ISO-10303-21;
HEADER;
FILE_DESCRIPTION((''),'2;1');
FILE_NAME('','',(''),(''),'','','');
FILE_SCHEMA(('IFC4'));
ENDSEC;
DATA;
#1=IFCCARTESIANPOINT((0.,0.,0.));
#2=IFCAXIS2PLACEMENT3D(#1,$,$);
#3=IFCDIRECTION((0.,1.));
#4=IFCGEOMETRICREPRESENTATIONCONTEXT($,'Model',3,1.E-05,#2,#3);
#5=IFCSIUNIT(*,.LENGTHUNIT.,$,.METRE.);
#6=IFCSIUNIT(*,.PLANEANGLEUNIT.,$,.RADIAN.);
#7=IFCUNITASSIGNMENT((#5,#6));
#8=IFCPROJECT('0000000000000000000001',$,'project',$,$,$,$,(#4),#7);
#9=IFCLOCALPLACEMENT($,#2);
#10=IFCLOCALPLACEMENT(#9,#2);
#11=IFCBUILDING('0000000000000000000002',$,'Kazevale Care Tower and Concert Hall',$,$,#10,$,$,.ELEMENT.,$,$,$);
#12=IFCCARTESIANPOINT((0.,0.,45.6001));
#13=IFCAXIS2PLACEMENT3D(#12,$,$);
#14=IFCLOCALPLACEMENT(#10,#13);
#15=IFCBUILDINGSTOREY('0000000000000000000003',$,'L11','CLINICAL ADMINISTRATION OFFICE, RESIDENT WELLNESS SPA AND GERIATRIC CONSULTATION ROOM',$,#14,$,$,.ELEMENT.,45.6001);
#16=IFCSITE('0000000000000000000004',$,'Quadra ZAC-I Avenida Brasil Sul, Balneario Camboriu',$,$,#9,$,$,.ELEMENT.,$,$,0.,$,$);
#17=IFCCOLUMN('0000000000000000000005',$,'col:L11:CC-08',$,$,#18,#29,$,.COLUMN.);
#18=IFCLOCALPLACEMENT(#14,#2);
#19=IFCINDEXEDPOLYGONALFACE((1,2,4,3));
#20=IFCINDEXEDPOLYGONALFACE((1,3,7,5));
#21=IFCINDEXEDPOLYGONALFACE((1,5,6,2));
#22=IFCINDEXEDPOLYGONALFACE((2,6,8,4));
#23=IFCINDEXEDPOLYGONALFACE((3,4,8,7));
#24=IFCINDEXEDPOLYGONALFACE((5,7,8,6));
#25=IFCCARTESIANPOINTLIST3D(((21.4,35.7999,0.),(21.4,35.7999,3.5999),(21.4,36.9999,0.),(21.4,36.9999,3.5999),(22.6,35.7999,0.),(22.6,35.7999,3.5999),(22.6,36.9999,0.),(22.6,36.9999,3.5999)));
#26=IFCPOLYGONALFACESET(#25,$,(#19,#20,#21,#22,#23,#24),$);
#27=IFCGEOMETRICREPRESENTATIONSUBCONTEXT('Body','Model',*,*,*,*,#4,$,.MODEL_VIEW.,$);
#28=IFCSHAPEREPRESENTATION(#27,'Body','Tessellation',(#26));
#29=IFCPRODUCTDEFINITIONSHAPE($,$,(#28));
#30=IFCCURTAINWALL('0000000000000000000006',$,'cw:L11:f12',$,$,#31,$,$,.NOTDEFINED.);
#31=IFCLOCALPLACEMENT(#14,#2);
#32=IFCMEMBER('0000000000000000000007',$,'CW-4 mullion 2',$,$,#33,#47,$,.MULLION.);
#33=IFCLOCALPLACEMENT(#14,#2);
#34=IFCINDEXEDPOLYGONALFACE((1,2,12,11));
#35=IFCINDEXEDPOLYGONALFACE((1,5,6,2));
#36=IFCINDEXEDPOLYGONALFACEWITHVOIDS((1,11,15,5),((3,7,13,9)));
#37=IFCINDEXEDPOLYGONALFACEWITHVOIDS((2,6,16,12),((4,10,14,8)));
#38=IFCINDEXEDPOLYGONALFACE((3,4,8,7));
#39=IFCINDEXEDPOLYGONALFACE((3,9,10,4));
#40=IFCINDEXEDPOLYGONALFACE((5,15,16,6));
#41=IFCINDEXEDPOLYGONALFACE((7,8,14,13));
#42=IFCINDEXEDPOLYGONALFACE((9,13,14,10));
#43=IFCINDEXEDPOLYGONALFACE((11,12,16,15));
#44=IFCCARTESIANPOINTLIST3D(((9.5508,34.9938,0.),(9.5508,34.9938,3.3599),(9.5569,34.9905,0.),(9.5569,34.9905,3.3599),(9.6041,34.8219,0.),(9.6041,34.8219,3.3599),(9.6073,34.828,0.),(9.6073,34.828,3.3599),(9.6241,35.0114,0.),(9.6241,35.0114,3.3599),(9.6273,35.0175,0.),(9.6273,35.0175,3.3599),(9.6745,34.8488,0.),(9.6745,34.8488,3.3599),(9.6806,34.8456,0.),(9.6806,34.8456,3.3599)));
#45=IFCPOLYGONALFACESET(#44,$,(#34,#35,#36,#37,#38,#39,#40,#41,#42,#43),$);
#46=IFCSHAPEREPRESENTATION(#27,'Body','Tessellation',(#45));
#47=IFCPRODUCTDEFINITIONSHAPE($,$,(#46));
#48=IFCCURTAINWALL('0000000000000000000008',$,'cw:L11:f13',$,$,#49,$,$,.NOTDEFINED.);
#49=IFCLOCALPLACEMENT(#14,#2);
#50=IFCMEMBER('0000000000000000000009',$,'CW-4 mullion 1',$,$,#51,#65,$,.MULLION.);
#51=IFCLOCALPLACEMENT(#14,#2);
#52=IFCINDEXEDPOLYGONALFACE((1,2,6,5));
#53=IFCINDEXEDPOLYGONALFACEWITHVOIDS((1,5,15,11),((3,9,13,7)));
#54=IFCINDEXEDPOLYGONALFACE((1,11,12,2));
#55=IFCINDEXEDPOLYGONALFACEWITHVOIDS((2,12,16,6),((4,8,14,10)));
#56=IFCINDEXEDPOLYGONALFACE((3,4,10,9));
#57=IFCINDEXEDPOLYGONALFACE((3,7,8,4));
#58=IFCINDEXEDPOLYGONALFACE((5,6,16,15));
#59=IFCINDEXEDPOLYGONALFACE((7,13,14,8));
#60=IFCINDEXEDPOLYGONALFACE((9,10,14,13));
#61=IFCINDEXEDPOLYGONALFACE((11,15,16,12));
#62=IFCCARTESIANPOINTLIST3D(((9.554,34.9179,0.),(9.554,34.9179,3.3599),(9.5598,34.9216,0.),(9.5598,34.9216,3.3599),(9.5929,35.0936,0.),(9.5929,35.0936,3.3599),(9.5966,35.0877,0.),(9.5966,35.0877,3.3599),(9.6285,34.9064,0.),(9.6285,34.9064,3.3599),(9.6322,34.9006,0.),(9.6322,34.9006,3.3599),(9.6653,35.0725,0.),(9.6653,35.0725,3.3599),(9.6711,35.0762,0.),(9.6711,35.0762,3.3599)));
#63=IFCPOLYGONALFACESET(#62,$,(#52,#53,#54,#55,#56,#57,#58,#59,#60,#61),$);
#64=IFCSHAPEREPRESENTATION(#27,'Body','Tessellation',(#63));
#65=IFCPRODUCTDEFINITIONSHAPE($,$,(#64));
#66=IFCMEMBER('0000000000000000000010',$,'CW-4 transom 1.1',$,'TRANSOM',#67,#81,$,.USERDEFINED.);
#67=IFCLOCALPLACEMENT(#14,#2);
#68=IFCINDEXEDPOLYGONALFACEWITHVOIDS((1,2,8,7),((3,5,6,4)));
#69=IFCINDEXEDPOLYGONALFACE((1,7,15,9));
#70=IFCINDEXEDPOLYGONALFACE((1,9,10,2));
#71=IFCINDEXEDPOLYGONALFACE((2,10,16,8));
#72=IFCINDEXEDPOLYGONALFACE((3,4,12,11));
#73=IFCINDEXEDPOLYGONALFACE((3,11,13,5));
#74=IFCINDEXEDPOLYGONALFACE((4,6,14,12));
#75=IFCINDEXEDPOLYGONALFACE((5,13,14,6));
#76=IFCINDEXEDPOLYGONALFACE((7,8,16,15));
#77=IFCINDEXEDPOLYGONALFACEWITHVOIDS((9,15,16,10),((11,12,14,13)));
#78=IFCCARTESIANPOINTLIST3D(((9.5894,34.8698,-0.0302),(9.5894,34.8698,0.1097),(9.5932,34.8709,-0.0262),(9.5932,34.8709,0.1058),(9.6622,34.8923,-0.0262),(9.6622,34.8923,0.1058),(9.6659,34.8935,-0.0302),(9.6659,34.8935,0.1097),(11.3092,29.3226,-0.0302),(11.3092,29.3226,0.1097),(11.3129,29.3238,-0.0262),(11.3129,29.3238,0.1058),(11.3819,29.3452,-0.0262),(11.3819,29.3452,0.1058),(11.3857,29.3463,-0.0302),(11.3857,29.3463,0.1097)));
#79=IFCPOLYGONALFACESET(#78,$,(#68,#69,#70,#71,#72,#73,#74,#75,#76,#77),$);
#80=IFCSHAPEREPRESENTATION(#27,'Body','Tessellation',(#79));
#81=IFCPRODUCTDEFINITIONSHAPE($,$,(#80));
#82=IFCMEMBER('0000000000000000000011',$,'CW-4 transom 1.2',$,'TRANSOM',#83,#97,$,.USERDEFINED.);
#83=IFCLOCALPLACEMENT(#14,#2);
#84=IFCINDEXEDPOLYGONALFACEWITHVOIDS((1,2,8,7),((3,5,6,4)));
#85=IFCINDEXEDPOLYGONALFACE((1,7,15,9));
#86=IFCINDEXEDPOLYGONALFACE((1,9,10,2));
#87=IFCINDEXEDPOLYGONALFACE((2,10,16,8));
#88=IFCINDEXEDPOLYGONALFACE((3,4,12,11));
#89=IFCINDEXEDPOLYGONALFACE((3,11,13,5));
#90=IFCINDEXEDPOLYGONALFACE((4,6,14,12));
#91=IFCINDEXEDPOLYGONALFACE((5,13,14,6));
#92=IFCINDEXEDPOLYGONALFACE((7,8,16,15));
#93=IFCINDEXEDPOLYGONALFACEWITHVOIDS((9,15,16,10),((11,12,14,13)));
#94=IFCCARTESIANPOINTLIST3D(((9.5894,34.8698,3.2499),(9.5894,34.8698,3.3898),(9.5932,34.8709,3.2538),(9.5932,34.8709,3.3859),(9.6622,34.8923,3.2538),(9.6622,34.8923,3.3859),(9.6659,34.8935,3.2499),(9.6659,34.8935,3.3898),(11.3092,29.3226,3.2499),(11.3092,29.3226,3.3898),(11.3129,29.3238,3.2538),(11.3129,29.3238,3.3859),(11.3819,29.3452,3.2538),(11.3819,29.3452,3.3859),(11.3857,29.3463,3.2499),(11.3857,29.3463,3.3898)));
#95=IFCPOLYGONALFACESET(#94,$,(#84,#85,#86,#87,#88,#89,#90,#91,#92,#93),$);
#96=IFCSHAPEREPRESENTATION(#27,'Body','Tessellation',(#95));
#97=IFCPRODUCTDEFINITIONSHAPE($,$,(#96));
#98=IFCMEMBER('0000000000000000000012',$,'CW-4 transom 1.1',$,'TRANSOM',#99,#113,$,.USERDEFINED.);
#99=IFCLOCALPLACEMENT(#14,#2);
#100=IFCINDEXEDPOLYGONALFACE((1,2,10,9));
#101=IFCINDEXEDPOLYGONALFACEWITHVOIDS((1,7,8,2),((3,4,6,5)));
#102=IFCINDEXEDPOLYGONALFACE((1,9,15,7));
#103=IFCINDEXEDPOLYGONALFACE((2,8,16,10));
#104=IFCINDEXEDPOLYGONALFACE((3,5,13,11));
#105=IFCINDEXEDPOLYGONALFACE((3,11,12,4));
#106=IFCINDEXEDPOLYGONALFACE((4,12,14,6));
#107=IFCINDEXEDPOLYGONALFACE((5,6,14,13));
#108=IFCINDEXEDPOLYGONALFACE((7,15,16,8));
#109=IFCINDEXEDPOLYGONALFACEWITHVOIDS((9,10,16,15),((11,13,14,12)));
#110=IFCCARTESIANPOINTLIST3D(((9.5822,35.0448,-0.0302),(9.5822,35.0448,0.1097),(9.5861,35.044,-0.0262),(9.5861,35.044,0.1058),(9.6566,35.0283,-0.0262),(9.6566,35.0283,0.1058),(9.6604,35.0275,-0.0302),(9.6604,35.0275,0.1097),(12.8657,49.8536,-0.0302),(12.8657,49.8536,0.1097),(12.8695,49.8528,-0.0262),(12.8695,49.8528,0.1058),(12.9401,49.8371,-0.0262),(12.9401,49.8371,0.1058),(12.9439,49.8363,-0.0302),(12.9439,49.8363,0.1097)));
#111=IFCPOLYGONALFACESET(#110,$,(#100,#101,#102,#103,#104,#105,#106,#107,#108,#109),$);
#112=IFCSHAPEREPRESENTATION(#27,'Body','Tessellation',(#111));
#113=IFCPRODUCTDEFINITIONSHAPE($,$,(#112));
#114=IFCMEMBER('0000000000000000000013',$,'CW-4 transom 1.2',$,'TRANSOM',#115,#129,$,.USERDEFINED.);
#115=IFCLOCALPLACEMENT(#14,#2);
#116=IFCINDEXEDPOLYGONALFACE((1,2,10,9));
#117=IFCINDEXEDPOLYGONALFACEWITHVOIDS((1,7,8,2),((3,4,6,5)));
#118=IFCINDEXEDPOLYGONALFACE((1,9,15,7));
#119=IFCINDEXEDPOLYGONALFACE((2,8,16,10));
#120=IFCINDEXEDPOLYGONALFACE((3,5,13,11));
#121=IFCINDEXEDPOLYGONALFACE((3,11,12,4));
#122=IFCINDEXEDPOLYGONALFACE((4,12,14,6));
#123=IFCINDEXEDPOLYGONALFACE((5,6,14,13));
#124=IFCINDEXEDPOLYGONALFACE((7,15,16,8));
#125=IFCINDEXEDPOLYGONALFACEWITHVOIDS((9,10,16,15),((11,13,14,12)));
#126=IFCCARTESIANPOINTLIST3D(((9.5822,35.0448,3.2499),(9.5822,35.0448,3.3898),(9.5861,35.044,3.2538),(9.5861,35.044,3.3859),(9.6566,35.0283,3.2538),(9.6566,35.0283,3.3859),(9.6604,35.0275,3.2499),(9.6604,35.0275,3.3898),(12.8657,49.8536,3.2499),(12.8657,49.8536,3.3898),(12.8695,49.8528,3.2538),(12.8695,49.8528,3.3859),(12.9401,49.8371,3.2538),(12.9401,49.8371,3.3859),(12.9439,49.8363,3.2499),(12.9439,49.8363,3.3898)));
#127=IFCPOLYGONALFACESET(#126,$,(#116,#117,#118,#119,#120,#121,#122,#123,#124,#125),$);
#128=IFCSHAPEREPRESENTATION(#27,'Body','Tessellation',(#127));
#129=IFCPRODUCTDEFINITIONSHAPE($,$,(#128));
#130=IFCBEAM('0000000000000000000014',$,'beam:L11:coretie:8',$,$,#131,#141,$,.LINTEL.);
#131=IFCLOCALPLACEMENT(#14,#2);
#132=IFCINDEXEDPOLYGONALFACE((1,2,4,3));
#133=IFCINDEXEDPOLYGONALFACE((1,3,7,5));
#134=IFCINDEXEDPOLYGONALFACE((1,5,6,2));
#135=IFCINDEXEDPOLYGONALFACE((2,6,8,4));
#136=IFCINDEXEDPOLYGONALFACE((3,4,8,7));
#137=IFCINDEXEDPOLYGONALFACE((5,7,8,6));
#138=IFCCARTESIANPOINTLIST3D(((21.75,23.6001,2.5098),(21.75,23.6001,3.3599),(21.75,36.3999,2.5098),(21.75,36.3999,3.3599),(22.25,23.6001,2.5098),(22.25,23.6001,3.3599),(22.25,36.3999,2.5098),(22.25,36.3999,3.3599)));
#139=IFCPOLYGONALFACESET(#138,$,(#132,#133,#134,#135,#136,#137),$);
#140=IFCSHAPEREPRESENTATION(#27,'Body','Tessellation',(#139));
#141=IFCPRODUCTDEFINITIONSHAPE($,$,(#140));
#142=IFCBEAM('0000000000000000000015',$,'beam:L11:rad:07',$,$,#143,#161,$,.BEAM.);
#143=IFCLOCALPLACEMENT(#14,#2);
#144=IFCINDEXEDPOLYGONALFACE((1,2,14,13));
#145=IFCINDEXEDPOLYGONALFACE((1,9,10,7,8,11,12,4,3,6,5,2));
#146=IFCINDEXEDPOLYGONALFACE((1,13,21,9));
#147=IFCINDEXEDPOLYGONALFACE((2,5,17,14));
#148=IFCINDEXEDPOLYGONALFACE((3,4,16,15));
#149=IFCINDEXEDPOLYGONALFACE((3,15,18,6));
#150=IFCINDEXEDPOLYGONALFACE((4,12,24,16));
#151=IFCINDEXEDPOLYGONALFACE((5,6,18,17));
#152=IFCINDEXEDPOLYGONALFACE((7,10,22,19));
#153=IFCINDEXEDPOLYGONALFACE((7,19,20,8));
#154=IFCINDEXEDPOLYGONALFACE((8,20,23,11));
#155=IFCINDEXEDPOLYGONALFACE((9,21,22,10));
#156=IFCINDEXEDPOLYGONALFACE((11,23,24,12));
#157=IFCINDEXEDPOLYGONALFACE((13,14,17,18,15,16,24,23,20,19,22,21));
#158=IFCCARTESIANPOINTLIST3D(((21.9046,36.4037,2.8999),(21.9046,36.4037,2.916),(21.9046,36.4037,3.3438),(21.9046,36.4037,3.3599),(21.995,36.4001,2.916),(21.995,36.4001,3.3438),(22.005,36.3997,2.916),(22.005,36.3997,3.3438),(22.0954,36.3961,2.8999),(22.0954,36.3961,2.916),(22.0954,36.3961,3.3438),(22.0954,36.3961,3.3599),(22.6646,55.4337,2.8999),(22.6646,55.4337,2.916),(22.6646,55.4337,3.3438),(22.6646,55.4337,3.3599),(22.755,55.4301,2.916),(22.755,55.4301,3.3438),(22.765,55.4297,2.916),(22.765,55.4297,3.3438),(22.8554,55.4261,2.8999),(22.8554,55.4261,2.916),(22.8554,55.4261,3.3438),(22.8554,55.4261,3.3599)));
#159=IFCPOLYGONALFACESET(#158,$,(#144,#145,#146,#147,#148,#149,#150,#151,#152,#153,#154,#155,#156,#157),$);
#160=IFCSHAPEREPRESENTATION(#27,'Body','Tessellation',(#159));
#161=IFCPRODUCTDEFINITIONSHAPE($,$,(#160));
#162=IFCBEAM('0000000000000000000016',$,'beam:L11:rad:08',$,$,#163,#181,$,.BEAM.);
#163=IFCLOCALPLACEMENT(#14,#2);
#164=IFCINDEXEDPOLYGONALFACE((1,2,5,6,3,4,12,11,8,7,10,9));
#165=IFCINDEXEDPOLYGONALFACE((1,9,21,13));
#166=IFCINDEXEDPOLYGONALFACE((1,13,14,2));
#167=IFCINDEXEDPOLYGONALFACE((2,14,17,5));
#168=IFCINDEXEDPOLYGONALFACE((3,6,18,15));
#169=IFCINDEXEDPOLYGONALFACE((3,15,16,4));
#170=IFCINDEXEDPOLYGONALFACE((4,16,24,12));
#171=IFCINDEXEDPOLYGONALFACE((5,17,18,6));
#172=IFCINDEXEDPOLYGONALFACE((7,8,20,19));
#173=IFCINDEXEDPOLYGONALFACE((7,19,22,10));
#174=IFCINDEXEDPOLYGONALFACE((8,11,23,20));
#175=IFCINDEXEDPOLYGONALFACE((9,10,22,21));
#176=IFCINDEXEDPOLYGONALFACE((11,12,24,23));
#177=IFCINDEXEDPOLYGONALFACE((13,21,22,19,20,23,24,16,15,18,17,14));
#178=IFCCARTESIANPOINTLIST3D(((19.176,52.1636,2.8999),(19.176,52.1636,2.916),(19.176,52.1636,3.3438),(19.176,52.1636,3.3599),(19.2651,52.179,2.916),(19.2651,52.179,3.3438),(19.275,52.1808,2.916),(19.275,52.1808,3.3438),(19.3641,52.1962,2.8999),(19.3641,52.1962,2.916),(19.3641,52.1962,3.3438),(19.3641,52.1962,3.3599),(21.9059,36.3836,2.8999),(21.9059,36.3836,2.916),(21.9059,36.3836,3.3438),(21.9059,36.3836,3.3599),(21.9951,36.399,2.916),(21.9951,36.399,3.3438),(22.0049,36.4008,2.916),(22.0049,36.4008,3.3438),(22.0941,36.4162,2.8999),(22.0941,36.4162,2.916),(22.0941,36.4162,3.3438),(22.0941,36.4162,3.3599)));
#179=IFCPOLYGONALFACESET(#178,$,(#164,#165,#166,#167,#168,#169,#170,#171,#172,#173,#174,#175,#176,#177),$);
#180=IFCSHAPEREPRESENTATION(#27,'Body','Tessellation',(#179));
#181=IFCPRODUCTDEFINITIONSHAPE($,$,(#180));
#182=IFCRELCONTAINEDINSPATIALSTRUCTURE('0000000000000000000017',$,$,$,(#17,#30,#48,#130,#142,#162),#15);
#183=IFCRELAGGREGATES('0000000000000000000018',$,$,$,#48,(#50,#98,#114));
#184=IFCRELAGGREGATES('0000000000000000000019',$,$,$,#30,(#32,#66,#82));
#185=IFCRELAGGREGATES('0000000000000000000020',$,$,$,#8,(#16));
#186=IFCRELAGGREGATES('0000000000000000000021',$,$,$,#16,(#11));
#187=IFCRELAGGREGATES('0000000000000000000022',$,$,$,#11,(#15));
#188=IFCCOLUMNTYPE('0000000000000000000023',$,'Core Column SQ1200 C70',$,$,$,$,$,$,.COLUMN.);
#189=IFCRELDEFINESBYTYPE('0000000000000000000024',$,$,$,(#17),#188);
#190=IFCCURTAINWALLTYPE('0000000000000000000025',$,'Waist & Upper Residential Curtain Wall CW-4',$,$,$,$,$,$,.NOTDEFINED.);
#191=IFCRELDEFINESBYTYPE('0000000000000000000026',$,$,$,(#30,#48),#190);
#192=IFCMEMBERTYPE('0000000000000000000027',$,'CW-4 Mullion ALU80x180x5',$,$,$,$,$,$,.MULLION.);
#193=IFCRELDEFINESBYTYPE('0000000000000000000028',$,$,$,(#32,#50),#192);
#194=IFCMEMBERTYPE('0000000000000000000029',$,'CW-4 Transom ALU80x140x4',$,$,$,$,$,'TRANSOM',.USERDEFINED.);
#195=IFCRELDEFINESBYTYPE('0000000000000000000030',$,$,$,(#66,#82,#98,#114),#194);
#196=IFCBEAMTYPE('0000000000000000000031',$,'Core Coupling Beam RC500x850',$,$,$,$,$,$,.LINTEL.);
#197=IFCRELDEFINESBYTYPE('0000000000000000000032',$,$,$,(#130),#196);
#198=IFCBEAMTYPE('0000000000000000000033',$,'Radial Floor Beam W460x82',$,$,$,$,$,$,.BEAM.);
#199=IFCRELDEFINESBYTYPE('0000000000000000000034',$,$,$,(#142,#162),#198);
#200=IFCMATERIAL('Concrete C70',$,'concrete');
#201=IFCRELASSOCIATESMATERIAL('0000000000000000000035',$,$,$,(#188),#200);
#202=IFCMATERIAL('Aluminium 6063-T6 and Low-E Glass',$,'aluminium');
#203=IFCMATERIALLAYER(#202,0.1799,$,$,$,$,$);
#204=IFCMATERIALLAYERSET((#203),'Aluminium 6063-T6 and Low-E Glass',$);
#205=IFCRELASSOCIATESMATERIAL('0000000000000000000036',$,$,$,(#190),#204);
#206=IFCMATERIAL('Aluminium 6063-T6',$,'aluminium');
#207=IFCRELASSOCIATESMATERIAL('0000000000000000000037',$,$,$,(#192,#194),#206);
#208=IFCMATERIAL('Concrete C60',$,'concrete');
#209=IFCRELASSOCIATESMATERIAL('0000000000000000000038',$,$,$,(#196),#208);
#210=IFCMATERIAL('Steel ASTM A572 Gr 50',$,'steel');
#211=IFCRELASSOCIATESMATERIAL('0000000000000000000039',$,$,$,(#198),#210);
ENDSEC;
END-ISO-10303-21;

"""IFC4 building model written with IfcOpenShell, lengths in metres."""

from ifc_helpers import new_model, si_unit, direction, frame, origin, origin_2d, place, context, subcontext, project, spatial, rectangle, hollow_rectangle, i_section, extrude, material, layer, layer_set, material_profile, profile_set, type_object, element, aggregate, save


model = new_model("IFC4")

# Units and contexts
model_context = context("Model", 3, precision=1e-05, world=origin(), true_north=direction((0.0, 1.0)))
body_context = subcontext(model_context, "Body", "Model", "MODEL_VIEW")
ifc_project = project(units=[si_unit("LENGTHUNIT", "METRE"), si_unit("PLANEANGLEUNIT", "RADIAN")], contexts=[model_context])

# Site, building, storey
site_placement = place(None, origin())
site = spatial("IfcSite", under=ifc_project, at=site_placement, Name="Quadra ZAC-I Avenida Brasil Sul, Balneario Camboriu", CompositionType="ELEMENT", RefElevation=0.0)
building_placement = place(site_placement, origin())
building = spatial("IfcBuilding", under=site, at=building_placement, Name="Kazevale Care Tower and Concert Hall", CompositionType="ELEMENT")
storey_placement = place(building_placement, frame((0.0, 0.0, 45.6001)))
storey = spatial("IfcBuildingStorey", under=building, at=storey_placement, Name="L11", Description="CLINICAL ADMINISTRATION OFFICE, RESIDENT WELLNESS SPA AND GERIATRIC CONSULTATION ROOM", CompositionType="ELEMENT", Elevation=45.6001)

# Column
ifc_material_1 = material(Name="Concrete C70", Category="concrete")
ifc_material_profile_1 = material_profile(ifc_material_1, rectangle(XDim=1.2, YDim=1.2, at=origin_2d()), Name="RC-SQ1200")
ifc_profile_set_1 = profile_set([ifc_material_profile_1], Name="Concrete C70")
column_type = type_object("IfcColumnType", Name="Core Column SQ1200 C70", PredefinedType="COLUMN", material=ifc_profile_set_1)
column_placement = place(storey_placement, frame((22.0, 36.3999, 0.0), z_axis=(0.0, 0.0, 1.0), x_axis=(1.0, 0.0, 0.0)))
element("IfcColumn", 1, at=column_placement, inside=storey, type_object=column_type, Name="col:L11:CC-08", PredefinedType="COLUMN", context=body_context, shape_type="SweptSolid", body=[
    extrude(rectangle(XDim=1.2, YDim=1.2, at=origin_2d()), origin(), (0.0, 0.0, 1.0), 3.5999),
])

# Curtain walls, members
ifc_material_2 = material(Name="Aluminium 6063-T6 and Low-E Glass", Category="aluminium")
ifc_layer_1 = layer(ifc_material_2, 0.1799)
ifc_layer_set_1 = layer_set([ifc_layer_1], Name="Aluminium 6063-T6 and Low-E Glass")
curtain_wall_type = type_object("IfcCurtainWallType", Name="Waist & Upper Residential Curtain Wall CW-4", PredefinedType="NOTDEFINED", material=ifc_layer_set_1)
curtain_wall_1_placement = place(storey_placement, origin())
curtain_wall_1 = element("IfcCurtainWall", 2, at=curtain_wall_1_placement, inside=storey, type_object=curtain_wall_type, Name="cw:L11:f12", PredefinedType="NOTDEFINED")
ifc_material_3 = material(Name="Aluminium 6063-T6", Category="aluminium")
ifc_material_profile_2 = material_profile(ifc_material_3, hollow_rectangle(XDim=0.0801, YDim=0.1799, WallThickness=0.0049, at=origin_2d()), Name="ALU80x180x5")
ifc_profile_set_2 = profile_set([ifc_material_profile_2], Name="Aluminium 6063-T6")
member_type_1 = type_object("IfcMemberType", Name="CW-4 Mullion ALU80x180x5", PredefinedType="MULLION", material=ifc_profile_set_2)
member_1_placement = place(storey_placement, frame((9.6157, 34.9197, 0.0), z_axis=(0.0, 0.0, 1.0), x_axis=(-0.955157, -0.296099, 0.0)))
member_1 = element("IfcMember", 3, at=member_1_placement, type_object=member_type_1, Name="CW-4 mullion 2", PredefinedType="MULLION", context=body_context, shape_type="SweptSolid", body=[
    extrude(hollow_rectangle(XDim=0.0801, YDim=0.1799, WallThickness=0.0049, at=origin_2d()), origin(), (0.0, 0.0, 1.0), 3.3599),
])
curtain_wall_2_placement = place(storey_placement, origin())
curtain_wall_2 = element("IfcCurtainWall", 4, at=curtain_wall_2_placement, inside=storey, type_object=curtain_wall_type, Name="cw:L11:f13", PredefinedType="NOTDEFINED")
member_2_placement = place(storey_placement, frame((9.6125, 34.9971, 0.0), z_axis=(0.0, 0.0, 1.0), x_axis=(-0.976291, 0.216461, 0.0)))
member_2 = element("IfcMember", 5, at=member_2_placement, type_object=member_type_1, Name="CW-4 mullion 1", PredefinedType="MULLION", context=body_context, shape_type="SweptSolid", body=[
    extrude(hollow_rectangle(XDim=0.0801, YDim=0.1799, WallThickness=0.0049, at=origin_2d()), origin(), (0.0, 0.0, 1.0), 3.3599),
])

# Members
ifc_material_profile_3 = material_profile(ifc_material_3, hollow_rectangle(XDim=0.0801, YDim=0.1399, WallThickness=0.0039, at=origin_2d()), Name="ALU80x140x4")
ifc_profile_set_3 = profile_set([ifc_material_profile_3], Name="Aluminium 6063-T6")
member_type_2 = type_object("IfcMemberType", Name="CW-4 Transom ALU80x140x4", ElementType="TRANSOM", PredefinedType="USERDEFINED", material=ifc_profile_set_3)
member_3_placement = place(storey_placement, frame((11.3474, 29.3345, 0.0398), z_axis=(-0.296118, 0.955152, 0.0), x_axis=(-0.955152, -0.296118, 0.0)))
member_3 = element("IfcMember", 6, at=member_3_placement, type_object=member_type_2, Name="CW-4 transom 1.1", ObjectType="TRANSOM", PredefinedType="USERDEFINED", context=body_context, shape_type="SweptSolid", body=[
    extrude(hollow_rectangle(XDim=0.0801, YDim=0.1399, WallThickness=0.0039, at=origin_2d()), origin(), (0.0, 0.0, 1.0), 5.8076),
])
member_4_placement = place(storey_placement, frame((11.3474, 29.3345, 3.3198), z_axis=(-0.296118, 0.955152, 0.0), x_axis=(-0.955152, -0.296118, 0.0)))
member_4 = element("IfcMember", 7, at=member_4_placement, type_object=member_type_2, Name="CW-4 transom 1.2", ObjectType="TRANSOM", PredefinedType="USERDEFINED", context=body_context, shape_type="SweptSolid", body=[
    extrude(hollow_rectangle(XDim=0.0801, YDim=0.1399, WallThickness=0.0039, at=origin_2d()), origin(), (0.0, 0.0, 1.0), 5.8076),
])
member_5_placement = place(storey_placement, frame((9.6213, 35.0361, 0.0398), z_axis=(0.216465, 0.97629, 0.0), x_axis=(-0.97629, 0.216465, 0.0)))
member_5 = element("IfcMember", 8, at=member_5_placement, type_object=member_type_2, Name="CW-4 transom 1.1", ObjectType="TRANSOM", PredefinedType="USERDEFINED", context=body_context, shape_type="SweptSolid", body=[
    extrude(hollow_rectangle(XDim=0.0801, YDim=0.1399, WallThickness=0.0039, at=origin_2d()), origin(), (0.0, 0.0, 1.0), 15.1685),
])
member_6_placement = place(storey_placement, frame((9.6213, 35.0361, 3.3198), z_axis=(0.216465, 0.97629, 0.0), x_axis=(-0.97629, 0.216465, 0.0)))
member_6 = element("IfcMember", 9, at=member_6_placement, type_object=member_type_2, Name="CW-4 transom 1.2", ObjectType="TRANSOM", PredefinedType="USERDEFINED", context=body_context, shape_type="SweptSolid", body=[
    extrude(hollow_rectangle(XDim=0.0801, YDim=0.1399, WallThickness=0.0039, at=origin_2d()), origin(), (0.0, 0.0, 1.0), 15.1685),
])
aggregate(curtain_wall_2, [member_2, member_5, member_6])

# Beams
ifc_material_4 = material(Name="Concrete C60", Category="concrete")
ifc_material_profile_4 = material_profile(ifc_material_4, rectangle(XDim=0.5, YDim=0.8501, at=origin_2d()), Name="RC-B500x850")
ifc_profile_set_4 = profile_set([ifc_material_profile_4], Name="Concrete C60")
beam_type_1 = type_object("IfcBeamType", Name="Core Coupling Beam RC500x850", PredefinedType="LINTEL", material=ifc_profile_set_4)
beam_1_placement = place(storey_placement, frame((22.0, 36.3999, 2.9348), z_axis=(0.0, -1.0, 0.0), x_axis=(1.0, 0.0, 0.0)))
element("IfcBeam", 10, at=beam_1_placement, inside=storey, type_object=beam_type_1, Name="beam:L11:coretie:8", PredefinedType="LINTEL", context=body_context, shape_type="SweptSolid", body=[
    extrude(rectangle(XDim=0.5, YDim=0.8501, at=origin_2d()), origin(), (0.0, 0.0, 1.0), 12.7998),
])
ifc_material_5 = material(Name="Steel ASTM A572 Gr 50", Category="steel")
ifc_material_profile_5 = material_profile(ifc_material_5, i_section(OverallWidth=0.1909, OverallDepth=0.46, WebThickness=0.01, FlangeThickness=0.0161, at=origin_2d()), Name="W460x82")
ifc_profile_set_5 = profile_set([ifc_material_profile_5], Name="Steel ASTM A572 Gr 50")
beam_type_2 = type_object("IfcBeamType", Name="Radial Floor Beam W460x82", PredefinedType="BEAM", material=ifc_profile_set_5)
beam_2_placement = place(storey_placement, frame((22.0, 36.3999, 3.1299), z_axis=(0.039906, 0.999203, 0.0), x_axis=(-0.999203, 0.039906, 0.0)))
element("IfcBeam", 11, at=beam_2_placement, inside=storey, type_object=beam_type_2, Name="beam:L11:rad:07", PredefinedType="BEAM", context=body_context, shape_type="SweptSolid", body=[
    extrude(i_section(OverallWidth=0.1909, OverallDepth=0.46, WebThickness=0.01, FlangeThickness=0.0161, at=origin_2d()), origin(), (0.0, 0.0, 1.0), 19.0452),
])
beam_3_placement = place(storey_placement, frame((22.0, 36.3999, 3.1299), z_axis=(-0.17047, 0.985363, 0.0), x_axis=(-0.985363, -0.17047, 0.0)))
element("IfcBeam", 12, at=beam_3_placement, inside=storey, type_object=beam_type_2, Name="beam:L11:rad:08", PredefinedType="BEAM", context=body_context, shape_type="SweptSolid", body=[
    extrude(i_section(OverallWidth=0.1909, OverallDepth=0.46, WebThickness=0.01, FlangeThickness=0.0161, at=origin_2d()), origin(), (0.0, 0.0, 1.0), 16.0144),
])

aggregate(curtain_wall_1, [member_1, member_3, member_4])

save(model, "model.ifc")
